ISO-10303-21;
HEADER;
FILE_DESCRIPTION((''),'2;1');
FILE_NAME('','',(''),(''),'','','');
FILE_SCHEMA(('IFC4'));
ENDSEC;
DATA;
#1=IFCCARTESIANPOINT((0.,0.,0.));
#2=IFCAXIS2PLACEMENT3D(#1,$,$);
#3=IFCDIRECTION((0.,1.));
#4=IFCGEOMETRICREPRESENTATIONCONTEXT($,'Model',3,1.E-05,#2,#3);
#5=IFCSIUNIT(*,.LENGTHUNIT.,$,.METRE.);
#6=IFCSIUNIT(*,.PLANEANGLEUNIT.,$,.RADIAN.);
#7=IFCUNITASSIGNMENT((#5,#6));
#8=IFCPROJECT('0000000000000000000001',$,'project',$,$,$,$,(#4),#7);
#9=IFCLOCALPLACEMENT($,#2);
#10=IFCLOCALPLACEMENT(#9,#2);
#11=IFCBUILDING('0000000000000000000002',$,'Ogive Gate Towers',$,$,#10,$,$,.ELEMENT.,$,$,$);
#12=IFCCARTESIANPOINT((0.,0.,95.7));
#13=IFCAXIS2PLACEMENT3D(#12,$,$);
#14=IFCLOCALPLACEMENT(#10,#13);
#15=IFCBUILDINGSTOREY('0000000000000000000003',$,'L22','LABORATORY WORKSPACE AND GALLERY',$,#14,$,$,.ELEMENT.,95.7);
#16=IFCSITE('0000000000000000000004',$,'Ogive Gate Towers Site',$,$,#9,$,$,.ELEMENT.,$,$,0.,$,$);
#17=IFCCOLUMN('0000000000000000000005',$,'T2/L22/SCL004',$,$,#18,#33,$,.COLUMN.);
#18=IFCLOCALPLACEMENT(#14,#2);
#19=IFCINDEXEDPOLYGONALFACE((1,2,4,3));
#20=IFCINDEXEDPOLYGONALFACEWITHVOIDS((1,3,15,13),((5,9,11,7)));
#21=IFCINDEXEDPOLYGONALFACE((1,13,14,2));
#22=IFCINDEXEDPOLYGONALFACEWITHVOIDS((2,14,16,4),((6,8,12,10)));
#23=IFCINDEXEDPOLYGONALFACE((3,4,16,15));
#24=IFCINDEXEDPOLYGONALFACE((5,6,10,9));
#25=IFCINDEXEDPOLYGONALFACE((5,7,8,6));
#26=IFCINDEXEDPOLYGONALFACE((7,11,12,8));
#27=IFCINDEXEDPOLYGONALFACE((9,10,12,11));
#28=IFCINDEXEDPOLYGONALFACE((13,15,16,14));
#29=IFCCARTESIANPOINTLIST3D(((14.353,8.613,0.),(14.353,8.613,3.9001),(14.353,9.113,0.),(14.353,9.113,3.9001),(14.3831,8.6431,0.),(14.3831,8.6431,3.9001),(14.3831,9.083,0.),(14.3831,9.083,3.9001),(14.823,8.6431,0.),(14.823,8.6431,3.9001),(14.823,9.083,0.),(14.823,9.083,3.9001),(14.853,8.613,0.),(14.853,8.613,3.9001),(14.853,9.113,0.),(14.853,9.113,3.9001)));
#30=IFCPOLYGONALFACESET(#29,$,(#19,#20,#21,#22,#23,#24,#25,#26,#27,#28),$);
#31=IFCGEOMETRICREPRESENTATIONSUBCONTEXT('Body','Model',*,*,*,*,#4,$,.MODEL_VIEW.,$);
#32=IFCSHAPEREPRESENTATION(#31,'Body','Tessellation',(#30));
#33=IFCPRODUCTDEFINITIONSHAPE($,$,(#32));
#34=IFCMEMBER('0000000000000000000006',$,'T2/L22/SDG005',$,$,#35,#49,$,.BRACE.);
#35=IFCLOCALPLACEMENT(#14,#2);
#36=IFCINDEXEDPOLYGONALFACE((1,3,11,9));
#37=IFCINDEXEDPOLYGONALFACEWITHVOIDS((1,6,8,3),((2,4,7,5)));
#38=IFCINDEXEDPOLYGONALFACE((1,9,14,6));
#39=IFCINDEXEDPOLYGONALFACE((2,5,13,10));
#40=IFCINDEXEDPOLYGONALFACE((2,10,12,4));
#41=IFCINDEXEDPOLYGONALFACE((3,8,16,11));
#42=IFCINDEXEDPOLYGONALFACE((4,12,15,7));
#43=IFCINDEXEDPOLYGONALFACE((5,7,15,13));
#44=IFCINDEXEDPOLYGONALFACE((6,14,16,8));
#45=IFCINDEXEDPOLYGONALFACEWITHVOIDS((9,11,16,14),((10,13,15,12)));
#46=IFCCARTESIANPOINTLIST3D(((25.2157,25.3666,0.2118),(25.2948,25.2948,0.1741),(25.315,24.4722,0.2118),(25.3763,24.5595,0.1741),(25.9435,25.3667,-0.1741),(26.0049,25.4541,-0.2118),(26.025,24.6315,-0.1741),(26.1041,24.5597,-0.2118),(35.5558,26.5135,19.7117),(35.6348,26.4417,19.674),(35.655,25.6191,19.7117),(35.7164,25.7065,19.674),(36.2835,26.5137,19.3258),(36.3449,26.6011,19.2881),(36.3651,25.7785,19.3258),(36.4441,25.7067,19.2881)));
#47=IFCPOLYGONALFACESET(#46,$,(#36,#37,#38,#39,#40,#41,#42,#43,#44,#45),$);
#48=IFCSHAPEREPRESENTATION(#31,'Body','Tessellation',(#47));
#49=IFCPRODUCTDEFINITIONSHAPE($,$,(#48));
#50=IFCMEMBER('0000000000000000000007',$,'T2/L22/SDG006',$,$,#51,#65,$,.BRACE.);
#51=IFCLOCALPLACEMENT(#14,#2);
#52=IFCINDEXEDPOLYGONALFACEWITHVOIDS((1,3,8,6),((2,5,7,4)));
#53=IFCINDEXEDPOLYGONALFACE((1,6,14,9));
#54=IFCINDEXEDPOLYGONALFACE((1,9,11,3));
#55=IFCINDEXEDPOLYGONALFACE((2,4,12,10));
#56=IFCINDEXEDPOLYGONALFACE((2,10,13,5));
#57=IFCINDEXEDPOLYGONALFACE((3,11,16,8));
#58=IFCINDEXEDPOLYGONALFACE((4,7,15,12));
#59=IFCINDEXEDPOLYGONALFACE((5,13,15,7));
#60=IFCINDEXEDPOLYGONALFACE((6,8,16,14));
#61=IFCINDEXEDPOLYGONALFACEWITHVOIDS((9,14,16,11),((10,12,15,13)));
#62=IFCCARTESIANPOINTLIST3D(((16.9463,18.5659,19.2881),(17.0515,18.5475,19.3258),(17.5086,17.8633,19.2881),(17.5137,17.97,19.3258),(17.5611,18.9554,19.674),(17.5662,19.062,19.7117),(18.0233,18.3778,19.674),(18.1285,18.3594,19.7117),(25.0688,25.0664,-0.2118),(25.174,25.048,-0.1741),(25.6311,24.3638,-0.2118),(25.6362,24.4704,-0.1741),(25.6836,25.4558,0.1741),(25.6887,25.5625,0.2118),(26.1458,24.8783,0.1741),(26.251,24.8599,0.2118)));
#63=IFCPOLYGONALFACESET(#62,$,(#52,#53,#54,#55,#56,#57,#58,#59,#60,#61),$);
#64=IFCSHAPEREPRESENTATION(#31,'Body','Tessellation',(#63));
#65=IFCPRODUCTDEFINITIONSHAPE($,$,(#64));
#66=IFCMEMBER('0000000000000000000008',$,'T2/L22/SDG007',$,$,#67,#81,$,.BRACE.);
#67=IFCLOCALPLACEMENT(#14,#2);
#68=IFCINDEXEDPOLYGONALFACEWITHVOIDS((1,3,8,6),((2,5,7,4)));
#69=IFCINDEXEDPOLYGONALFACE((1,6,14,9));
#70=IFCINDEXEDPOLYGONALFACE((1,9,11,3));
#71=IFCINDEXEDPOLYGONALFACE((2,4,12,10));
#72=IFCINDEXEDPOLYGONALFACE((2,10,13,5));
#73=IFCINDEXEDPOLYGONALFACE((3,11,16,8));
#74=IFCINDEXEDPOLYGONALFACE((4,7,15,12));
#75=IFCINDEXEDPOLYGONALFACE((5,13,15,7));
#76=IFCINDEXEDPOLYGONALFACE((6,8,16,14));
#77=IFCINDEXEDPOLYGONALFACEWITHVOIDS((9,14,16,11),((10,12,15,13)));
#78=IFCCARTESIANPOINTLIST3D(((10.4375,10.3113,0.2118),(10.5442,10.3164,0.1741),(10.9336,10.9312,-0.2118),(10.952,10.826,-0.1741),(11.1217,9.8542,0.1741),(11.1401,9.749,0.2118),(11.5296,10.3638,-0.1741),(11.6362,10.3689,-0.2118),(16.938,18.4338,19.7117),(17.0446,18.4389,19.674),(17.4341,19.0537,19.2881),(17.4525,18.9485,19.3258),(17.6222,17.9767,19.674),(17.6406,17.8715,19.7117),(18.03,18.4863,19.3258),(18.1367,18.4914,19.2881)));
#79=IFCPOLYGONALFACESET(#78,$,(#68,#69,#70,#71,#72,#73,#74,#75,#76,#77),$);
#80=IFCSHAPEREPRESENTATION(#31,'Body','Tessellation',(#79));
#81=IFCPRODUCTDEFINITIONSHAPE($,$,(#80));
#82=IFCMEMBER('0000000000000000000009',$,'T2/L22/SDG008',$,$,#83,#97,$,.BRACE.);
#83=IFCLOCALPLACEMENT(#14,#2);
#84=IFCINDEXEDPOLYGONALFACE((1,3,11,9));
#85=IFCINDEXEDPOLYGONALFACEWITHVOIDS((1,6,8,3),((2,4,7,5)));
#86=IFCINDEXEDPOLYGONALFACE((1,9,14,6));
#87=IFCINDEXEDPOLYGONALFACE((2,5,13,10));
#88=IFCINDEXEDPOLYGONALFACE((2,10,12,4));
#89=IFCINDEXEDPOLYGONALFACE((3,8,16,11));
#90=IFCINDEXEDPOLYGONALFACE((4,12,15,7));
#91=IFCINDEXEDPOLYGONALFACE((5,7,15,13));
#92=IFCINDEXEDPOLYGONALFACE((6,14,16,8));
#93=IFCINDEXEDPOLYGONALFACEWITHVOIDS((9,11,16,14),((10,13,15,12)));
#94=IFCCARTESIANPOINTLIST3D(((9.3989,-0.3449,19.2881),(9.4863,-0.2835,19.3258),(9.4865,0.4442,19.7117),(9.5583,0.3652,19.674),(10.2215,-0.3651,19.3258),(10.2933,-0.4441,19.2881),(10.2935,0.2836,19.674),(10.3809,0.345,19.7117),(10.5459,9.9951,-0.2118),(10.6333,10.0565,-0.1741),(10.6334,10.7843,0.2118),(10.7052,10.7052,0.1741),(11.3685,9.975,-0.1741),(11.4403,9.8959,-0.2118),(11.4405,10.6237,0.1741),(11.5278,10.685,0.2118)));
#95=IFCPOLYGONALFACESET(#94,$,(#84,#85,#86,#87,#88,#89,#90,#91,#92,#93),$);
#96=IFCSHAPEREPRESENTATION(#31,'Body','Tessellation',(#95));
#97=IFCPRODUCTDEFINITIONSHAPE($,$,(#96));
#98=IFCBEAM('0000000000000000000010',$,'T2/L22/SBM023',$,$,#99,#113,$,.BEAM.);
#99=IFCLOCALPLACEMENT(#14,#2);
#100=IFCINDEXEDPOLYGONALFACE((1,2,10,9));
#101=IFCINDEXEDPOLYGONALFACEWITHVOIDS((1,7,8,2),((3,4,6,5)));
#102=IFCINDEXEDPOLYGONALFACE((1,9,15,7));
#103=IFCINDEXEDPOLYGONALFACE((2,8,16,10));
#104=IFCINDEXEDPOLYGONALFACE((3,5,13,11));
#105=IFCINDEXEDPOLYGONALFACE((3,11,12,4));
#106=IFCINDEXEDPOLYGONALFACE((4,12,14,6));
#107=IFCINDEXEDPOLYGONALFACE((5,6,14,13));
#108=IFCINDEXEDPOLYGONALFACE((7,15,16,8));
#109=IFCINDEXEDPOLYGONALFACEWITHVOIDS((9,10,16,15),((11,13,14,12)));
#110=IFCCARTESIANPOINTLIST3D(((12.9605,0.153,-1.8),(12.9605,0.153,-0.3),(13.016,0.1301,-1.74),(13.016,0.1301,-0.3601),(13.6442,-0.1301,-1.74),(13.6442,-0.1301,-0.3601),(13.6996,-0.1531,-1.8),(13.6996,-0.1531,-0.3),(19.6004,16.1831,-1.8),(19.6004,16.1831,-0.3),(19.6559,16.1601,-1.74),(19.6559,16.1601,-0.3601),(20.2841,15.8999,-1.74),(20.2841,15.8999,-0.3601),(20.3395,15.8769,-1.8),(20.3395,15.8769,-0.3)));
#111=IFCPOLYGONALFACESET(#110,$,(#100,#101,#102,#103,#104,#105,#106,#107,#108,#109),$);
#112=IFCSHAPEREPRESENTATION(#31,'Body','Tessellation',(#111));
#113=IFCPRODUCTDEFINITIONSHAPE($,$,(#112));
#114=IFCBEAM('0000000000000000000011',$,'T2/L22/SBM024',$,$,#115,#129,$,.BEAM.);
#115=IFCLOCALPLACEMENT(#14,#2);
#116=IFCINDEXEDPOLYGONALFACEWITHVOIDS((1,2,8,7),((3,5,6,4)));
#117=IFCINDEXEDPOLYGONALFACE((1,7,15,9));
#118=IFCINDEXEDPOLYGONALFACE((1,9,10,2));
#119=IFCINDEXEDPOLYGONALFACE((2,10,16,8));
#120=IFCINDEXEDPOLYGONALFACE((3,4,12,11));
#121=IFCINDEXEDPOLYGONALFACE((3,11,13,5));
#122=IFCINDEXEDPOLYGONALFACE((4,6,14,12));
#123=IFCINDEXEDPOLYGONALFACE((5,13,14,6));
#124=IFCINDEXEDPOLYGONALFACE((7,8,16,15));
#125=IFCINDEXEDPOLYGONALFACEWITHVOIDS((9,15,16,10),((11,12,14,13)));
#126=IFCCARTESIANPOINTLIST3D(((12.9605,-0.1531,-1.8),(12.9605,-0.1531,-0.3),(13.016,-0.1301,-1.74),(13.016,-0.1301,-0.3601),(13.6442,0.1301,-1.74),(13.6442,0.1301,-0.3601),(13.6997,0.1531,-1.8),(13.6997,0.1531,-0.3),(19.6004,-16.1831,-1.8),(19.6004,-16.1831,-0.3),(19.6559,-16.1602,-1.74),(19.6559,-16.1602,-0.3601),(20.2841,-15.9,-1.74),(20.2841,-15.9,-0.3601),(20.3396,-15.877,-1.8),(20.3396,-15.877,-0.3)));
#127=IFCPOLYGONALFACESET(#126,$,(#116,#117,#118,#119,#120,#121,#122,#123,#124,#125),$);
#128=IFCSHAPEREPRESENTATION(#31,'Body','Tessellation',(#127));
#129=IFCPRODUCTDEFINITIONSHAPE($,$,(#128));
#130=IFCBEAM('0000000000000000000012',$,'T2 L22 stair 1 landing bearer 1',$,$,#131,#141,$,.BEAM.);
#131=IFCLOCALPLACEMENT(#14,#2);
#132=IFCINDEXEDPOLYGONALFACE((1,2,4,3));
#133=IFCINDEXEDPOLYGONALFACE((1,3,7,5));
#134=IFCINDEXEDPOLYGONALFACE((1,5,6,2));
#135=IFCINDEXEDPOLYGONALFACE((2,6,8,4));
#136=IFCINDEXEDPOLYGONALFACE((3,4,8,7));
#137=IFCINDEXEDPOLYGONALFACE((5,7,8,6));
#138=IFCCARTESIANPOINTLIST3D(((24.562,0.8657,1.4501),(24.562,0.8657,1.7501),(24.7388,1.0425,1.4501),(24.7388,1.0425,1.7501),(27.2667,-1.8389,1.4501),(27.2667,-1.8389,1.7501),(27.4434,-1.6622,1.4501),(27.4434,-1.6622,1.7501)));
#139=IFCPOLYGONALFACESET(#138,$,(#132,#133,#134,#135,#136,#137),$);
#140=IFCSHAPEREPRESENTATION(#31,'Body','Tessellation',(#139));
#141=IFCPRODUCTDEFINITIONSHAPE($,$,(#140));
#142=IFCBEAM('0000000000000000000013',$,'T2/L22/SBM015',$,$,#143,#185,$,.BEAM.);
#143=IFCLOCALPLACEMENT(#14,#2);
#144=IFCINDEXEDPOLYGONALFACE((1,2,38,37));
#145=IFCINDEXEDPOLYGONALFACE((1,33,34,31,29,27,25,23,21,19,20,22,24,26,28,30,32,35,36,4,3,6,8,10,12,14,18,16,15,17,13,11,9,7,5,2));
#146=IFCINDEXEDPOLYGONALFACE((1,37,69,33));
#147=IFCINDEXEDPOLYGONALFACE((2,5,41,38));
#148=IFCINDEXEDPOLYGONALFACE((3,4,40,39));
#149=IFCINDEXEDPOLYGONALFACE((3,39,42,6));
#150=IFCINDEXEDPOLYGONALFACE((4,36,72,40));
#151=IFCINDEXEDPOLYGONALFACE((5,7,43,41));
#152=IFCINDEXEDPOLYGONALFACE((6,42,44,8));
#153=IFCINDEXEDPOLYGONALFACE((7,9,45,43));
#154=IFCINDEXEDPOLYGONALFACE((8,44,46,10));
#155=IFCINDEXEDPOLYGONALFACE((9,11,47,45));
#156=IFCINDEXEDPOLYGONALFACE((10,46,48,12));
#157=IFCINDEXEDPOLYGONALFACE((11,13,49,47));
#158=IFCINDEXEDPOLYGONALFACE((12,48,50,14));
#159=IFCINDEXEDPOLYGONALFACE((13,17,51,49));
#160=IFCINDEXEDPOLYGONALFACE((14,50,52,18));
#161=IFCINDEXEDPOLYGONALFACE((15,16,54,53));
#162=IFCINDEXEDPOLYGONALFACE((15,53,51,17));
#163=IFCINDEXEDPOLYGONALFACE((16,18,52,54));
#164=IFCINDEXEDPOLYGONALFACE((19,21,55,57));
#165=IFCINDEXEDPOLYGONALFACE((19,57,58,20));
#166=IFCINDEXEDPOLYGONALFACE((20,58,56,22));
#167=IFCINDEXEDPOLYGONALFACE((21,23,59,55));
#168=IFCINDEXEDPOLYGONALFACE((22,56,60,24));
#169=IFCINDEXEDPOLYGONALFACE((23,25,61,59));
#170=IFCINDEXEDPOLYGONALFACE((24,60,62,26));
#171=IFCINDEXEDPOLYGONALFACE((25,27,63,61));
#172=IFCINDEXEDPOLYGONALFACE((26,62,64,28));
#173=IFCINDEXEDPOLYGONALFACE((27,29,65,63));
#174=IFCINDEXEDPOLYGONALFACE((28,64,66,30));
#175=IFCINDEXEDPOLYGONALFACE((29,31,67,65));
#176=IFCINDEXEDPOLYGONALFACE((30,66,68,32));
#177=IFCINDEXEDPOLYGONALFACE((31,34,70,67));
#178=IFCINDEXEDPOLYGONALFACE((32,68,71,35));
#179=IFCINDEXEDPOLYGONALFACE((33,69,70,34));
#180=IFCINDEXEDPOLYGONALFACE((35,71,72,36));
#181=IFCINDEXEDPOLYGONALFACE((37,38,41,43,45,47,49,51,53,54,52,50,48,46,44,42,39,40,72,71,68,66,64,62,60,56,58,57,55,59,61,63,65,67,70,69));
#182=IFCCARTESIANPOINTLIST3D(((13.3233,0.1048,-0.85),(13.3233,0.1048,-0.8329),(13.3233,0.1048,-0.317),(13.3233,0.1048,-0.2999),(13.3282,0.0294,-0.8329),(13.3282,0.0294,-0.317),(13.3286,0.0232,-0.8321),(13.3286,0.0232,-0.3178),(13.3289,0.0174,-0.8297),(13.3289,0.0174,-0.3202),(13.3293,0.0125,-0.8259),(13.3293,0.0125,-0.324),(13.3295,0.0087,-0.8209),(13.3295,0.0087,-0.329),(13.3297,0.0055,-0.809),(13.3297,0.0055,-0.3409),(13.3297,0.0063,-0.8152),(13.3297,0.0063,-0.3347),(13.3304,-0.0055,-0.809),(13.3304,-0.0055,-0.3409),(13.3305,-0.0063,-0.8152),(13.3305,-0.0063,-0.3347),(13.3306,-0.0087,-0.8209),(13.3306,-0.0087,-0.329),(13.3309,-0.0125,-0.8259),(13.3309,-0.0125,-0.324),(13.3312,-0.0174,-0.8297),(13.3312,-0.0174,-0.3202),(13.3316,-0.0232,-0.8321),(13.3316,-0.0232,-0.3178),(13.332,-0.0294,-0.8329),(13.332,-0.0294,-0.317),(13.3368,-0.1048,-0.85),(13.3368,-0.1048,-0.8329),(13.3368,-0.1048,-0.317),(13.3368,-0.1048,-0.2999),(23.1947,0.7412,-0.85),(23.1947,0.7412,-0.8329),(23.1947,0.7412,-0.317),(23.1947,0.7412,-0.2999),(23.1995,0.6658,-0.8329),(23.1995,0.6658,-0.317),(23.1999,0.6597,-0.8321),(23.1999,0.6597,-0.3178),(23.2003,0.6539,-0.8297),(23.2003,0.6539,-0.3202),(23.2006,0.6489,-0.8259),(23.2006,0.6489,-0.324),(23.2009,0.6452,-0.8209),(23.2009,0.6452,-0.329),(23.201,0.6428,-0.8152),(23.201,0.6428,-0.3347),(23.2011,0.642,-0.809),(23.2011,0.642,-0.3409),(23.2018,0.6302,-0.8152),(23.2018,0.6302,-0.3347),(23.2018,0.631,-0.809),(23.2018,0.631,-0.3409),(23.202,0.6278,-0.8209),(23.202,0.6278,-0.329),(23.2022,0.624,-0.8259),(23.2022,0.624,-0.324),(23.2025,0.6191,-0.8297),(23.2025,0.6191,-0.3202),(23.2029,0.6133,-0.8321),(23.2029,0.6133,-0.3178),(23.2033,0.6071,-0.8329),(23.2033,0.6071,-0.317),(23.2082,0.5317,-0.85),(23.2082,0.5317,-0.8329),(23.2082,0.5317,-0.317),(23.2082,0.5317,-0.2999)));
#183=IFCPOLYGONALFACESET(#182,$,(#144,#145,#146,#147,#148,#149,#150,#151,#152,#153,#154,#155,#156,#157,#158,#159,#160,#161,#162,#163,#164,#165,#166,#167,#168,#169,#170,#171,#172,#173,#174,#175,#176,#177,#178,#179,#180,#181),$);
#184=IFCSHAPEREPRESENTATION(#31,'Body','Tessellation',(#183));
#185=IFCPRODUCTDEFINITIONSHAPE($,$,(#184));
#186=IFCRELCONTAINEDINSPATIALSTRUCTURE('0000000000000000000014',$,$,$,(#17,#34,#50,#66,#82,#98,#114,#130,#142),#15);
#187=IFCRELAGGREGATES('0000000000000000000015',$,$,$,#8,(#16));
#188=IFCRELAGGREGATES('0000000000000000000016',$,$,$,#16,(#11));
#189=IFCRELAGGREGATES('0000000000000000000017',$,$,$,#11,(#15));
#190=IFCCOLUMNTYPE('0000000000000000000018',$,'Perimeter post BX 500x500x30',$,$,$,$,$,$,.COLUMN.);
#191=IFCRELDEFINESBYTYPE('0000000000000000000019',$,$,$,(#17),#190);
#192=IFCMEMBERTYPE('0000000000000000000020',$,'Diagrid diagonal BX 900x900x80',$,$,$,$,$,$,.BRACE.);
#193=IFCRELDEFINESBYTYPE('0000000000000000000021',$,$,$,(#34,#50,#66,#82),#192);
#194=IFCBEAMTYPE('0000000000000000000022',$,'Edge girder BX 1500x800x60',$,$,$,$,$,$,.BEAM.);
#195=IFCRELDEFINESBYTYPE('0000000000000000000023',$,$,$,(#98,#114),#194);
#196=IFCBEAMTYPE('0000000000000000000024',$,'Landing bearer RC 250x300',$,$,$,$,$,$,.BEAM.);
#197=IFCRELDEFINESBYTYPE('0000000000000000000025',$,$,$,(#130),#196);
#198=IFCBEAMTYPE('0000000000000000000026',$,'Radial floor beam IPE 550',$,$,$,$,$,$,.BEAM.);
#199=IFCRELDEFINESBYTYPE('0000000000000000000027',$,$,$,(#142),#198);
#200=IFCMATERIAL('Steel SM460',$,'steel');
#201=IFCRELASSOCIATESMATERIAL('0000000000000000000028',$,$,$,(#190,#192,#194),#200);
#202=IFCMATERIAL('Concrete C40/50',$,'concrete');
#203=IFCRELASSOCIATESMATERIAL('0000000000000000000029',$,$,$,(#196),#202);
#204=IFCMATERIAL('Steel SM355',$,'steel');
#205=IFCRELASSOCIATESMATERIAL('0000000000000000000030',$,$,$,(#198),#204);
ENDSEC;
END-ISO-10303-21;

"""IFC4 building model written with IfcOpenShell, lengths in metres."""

from ifc_helpers import new_model, si_unit, direction, frame, origin, origin_2d, place, context, subcontext, project, spatial, rectangle, hollow_rectangle, i_section, extrude, material, material_profile, profile_set, type_object, element, save


model = new_model("IFC4")

# Units and contexts
model_context = context("Model", 3, precision=1e-05, world=origin(), true_north=direction((0.0, 1.0)))
body_context = subcontext(model_context, "Body", "Model", "MODEL_VIEW")
ifc_project = project(units=[si_unit("LENGTHUNIT", "METRE"), si_unit("PLANEANGLEUNIT", "RADIAN")], contexts=[model_context])

# Site, building, storey
site_placement = place(None, origin())
site = spatial("IfcSite", under=ifc_project, at=site_placement, Name="Ogive Gate Towers Site", CompositionType="ELEMENT", RefElevation=0.0)
building_placement = place(site_placement, origin())
building = spatial("IfcBuilding", under=site, at=building_placement, Name="Ogive Gate Towers", CompositionType="ELEMENT")
storey_placement = place(building_placement, frame((0.0, 0.0, 95.7)))
storey = spatial("IfcBuildingStorey", under=building, at=storey_placement, Name="L22", Description="LABORATORY WORKSPACE AND GALLERY", CompositionType="ELEMENT", Elevation=95.7)

# Column
ifc_material_1 = material(Name="Steel SM460", Category="steel")
ifc_material_profile_1 = material_profile(ifc_material_1, hollow_rectangle(XDim=0.5, YDim=0.5, WallThickness=0.03, at=origin_2d()), Name="BX 500x500x30")
ifc_profile_set_1 = profile_set([ifc_material_profile_1], Name="Steel SM460")
column_type = type_object("IfcColumnType", Name="Perimeter post BX 500x500x30", PredefinedType="COLUMN", material=ifc_profile_set_1)
column_placement = place(storey_placement, frame((14.603, 8.863, 0.0), z_axis=(0.0, 0.0, 1.0), x_axis=(1.0, 0.0, 0.0)))
element("IfcColumn", 1, at=column_placement, inside=storey, type_object=column_type, Name="T2/L22/SCL004", PredefinedType="COLUMN", context=body_context, shape_type="SweptSolid", body=[
    extrude(hollow_rectangle(XDim=0.5, YDim=0.5, WallThickness=0.03, at=origin_2d()), origin(), (0.0, 0.0, 1.0), 3.9001),
])

# Members
ifc_material_profile_2 = material_profile(ifc_material_1, hollow_rectangle(XDim=0.8999, YDim=0.8999, WallThickness=0.0801, at=origin_2d()), Name="BX 900x900x80")
ifc_profile_set_2 = profile_set([ifc_material_profile_2], Name="Steel SM460")
member_type = type_object("IfcMemberType", Name="Diagrid diagonal BX 900x900x80", PredefinedType="BRACE", material=ifc_profile_set_2)
for number, where, z_axis, x_axis, name in (
    (2, (25.6599, 24.9631, 0.0), (0.467842, 0.051895, 0.882287), (-0.110249, 0.993904, 0.0), "T2/L22/SDG005"),
    (3, (25.6599, 24.9631, 0.0), (-0.367509, -0.294118, 0.882288), (0.624838, -0.780754, 0.0), "T2/L22/SDG006"),
    (4, (11.0369, 10.3401, 0.0), (0.294118, 0.367509, 0.882288), (-0.780754, 0.624838, 0.0), "T2/L22/SDG007"),
    (5, (11.0369, 10.3401, 0.0), (-0.051895, -0.467842, 0.882287), (0.993904, -0.110249, 0.0), "T2/L22/SDG008"),
):
    element("IfcMember", number, at=place(storey_placement, frame(where, z_axis=z_axis, x_axis=x_axis)), inside=storey, type_object=member_type, Name=name, PredefinedType="BRACE", context=body_context, shape_type="SweptSolid", body=[
        extrude(hollow_rectangle(XDim=0.8999, YDim=0.8999, WallThickness=0.0801, at=origin_2d()), origin(), (0.0, 0.0, 1.0), 22.1016),
    ])

# Beams
ifc_material_profile_3 = material_profile(ifc_material_1, hollow_rectangle(XDim=0.8, YDim=1.5, WallThickness=0.0601, at=origin_2d()), Name="BX 1500x800x60")
ifc_profile_set_3 = profile_set([ifc_material_profile_3], Name="Steel SM460")
beam_type_1 = type_object("IfcBeamType", Name="Edge girder BX 1500x800x60", PredefinedType="BEAM", material=ifc_profile_set_3)
for number, where, z_axis, x_axis, name in (
    (6, (19.97, 16.03, -1.05), (-0.382685, -0.923879, 0.0), (0.923879, -0.382685, 0.0), "T2/L22/SBM023"),
    (7, (13.3301, 0.0, -1.05), (0.382685, -0.923879, 0.0), (0.923879, 0.382685, 0.0), "T2/L22/SBM024"),
):
    element("IfcBeam", number, at=place(storey_placement, frame(where, z_axis=z_axis, x_axis=x_axis)), inside=storey, type_object=beam_type_1, Name=name, PredefinedType="BEAM", context=body_context, shape_type="SweptSolid", body=[
        extrude(hollow_rectangle(XDim=0.8, YDim=1.5, WallThickness=0.0601, at=origin_2d()), origin(), (0.0, 0.0, 1.0), 17.3508),
    ])
ifc_material_2 = material(Name="Concrete C40/50", Category="concrete")
ifc_material_profile_4 = material_profile(ifc_material_2, rectangle(XDim=0.25, YDim=0.3, at=origin_2d()), Name="RC 250x300")
ifc_profile_set_4 = profile_set([ifc_material_profile_4], Name="Concrete C40/50")
beam_type_2 = type_object("IfcBeamType", Name="Landing bearer RC 250x300", PredefinedType="BEAM", material=ifc_profile_set_4)
beam_1_placement = place(storey_placement, frame((24.6504, 0.9541, 1.6001), z_axis=(0.707107, -0.707107, 0.0), x_axis=(0.707107, 0.707107, 0.0)))
element("IfcBeam", 8, at=beam_1_placement, inside=storey, type_object=beam_type_2, Name="T2 L22 stair 1 landing bearer 1", PredefinedType="BEAM", context=body_context, shape_type="SweptSolid", body=[
    extrude(rectangle(XDim=0.25, YDim=0.3, at=origin_2d()), origin(), (0.0, 0.0, 1.0), 3.825),
])
ifc_material_3 = material(Name="Steel SM355", Category="steel")
ifc_material_profile_5 = material_profile(ifc_material_3, i_section(OverallWidth=0.21, OverallDepth=0.55, WebThickness=0.011, FlangeThickness=0.0171, FilletRadius=0.0239, at=origin_2d()), Name="IPE 550")
ifc_profile_set_5 = profile_set([ifc_material_profile_5], Name="Steel SM355")
beam_type_3 = type_object("IfcBeamType", Name="Radial floor beam IPE 550", PredefinedType="BEAM", material=ifc_profile_set_5)
beam_2_placement = place(storey_placement, frame((23.2014, 0.6365, -0.575), z_axis=(-0.997928, -0.064343, 0.0), x_axis=(0.064343, -0.997928, 0.0)))
element("IfcBeam", 9, at=beam_2_placement, inside=storey, type_object=beam_type_3, Name="T2/L22/SBM015", PredefinedType="BEAM", context=body_context, shape_type="SweptSolid", body=[
    extrude(i_section(OverallWidth=0.21, OverallDepth=0.55, WebThickness=0.011, FlangeThickness=0.0171, FilletRadius=0.0239, at=origin_2d()), origin(), (0.0, 0.0, 1.0), 9.8918),
])

save(model, "model.ifc")
